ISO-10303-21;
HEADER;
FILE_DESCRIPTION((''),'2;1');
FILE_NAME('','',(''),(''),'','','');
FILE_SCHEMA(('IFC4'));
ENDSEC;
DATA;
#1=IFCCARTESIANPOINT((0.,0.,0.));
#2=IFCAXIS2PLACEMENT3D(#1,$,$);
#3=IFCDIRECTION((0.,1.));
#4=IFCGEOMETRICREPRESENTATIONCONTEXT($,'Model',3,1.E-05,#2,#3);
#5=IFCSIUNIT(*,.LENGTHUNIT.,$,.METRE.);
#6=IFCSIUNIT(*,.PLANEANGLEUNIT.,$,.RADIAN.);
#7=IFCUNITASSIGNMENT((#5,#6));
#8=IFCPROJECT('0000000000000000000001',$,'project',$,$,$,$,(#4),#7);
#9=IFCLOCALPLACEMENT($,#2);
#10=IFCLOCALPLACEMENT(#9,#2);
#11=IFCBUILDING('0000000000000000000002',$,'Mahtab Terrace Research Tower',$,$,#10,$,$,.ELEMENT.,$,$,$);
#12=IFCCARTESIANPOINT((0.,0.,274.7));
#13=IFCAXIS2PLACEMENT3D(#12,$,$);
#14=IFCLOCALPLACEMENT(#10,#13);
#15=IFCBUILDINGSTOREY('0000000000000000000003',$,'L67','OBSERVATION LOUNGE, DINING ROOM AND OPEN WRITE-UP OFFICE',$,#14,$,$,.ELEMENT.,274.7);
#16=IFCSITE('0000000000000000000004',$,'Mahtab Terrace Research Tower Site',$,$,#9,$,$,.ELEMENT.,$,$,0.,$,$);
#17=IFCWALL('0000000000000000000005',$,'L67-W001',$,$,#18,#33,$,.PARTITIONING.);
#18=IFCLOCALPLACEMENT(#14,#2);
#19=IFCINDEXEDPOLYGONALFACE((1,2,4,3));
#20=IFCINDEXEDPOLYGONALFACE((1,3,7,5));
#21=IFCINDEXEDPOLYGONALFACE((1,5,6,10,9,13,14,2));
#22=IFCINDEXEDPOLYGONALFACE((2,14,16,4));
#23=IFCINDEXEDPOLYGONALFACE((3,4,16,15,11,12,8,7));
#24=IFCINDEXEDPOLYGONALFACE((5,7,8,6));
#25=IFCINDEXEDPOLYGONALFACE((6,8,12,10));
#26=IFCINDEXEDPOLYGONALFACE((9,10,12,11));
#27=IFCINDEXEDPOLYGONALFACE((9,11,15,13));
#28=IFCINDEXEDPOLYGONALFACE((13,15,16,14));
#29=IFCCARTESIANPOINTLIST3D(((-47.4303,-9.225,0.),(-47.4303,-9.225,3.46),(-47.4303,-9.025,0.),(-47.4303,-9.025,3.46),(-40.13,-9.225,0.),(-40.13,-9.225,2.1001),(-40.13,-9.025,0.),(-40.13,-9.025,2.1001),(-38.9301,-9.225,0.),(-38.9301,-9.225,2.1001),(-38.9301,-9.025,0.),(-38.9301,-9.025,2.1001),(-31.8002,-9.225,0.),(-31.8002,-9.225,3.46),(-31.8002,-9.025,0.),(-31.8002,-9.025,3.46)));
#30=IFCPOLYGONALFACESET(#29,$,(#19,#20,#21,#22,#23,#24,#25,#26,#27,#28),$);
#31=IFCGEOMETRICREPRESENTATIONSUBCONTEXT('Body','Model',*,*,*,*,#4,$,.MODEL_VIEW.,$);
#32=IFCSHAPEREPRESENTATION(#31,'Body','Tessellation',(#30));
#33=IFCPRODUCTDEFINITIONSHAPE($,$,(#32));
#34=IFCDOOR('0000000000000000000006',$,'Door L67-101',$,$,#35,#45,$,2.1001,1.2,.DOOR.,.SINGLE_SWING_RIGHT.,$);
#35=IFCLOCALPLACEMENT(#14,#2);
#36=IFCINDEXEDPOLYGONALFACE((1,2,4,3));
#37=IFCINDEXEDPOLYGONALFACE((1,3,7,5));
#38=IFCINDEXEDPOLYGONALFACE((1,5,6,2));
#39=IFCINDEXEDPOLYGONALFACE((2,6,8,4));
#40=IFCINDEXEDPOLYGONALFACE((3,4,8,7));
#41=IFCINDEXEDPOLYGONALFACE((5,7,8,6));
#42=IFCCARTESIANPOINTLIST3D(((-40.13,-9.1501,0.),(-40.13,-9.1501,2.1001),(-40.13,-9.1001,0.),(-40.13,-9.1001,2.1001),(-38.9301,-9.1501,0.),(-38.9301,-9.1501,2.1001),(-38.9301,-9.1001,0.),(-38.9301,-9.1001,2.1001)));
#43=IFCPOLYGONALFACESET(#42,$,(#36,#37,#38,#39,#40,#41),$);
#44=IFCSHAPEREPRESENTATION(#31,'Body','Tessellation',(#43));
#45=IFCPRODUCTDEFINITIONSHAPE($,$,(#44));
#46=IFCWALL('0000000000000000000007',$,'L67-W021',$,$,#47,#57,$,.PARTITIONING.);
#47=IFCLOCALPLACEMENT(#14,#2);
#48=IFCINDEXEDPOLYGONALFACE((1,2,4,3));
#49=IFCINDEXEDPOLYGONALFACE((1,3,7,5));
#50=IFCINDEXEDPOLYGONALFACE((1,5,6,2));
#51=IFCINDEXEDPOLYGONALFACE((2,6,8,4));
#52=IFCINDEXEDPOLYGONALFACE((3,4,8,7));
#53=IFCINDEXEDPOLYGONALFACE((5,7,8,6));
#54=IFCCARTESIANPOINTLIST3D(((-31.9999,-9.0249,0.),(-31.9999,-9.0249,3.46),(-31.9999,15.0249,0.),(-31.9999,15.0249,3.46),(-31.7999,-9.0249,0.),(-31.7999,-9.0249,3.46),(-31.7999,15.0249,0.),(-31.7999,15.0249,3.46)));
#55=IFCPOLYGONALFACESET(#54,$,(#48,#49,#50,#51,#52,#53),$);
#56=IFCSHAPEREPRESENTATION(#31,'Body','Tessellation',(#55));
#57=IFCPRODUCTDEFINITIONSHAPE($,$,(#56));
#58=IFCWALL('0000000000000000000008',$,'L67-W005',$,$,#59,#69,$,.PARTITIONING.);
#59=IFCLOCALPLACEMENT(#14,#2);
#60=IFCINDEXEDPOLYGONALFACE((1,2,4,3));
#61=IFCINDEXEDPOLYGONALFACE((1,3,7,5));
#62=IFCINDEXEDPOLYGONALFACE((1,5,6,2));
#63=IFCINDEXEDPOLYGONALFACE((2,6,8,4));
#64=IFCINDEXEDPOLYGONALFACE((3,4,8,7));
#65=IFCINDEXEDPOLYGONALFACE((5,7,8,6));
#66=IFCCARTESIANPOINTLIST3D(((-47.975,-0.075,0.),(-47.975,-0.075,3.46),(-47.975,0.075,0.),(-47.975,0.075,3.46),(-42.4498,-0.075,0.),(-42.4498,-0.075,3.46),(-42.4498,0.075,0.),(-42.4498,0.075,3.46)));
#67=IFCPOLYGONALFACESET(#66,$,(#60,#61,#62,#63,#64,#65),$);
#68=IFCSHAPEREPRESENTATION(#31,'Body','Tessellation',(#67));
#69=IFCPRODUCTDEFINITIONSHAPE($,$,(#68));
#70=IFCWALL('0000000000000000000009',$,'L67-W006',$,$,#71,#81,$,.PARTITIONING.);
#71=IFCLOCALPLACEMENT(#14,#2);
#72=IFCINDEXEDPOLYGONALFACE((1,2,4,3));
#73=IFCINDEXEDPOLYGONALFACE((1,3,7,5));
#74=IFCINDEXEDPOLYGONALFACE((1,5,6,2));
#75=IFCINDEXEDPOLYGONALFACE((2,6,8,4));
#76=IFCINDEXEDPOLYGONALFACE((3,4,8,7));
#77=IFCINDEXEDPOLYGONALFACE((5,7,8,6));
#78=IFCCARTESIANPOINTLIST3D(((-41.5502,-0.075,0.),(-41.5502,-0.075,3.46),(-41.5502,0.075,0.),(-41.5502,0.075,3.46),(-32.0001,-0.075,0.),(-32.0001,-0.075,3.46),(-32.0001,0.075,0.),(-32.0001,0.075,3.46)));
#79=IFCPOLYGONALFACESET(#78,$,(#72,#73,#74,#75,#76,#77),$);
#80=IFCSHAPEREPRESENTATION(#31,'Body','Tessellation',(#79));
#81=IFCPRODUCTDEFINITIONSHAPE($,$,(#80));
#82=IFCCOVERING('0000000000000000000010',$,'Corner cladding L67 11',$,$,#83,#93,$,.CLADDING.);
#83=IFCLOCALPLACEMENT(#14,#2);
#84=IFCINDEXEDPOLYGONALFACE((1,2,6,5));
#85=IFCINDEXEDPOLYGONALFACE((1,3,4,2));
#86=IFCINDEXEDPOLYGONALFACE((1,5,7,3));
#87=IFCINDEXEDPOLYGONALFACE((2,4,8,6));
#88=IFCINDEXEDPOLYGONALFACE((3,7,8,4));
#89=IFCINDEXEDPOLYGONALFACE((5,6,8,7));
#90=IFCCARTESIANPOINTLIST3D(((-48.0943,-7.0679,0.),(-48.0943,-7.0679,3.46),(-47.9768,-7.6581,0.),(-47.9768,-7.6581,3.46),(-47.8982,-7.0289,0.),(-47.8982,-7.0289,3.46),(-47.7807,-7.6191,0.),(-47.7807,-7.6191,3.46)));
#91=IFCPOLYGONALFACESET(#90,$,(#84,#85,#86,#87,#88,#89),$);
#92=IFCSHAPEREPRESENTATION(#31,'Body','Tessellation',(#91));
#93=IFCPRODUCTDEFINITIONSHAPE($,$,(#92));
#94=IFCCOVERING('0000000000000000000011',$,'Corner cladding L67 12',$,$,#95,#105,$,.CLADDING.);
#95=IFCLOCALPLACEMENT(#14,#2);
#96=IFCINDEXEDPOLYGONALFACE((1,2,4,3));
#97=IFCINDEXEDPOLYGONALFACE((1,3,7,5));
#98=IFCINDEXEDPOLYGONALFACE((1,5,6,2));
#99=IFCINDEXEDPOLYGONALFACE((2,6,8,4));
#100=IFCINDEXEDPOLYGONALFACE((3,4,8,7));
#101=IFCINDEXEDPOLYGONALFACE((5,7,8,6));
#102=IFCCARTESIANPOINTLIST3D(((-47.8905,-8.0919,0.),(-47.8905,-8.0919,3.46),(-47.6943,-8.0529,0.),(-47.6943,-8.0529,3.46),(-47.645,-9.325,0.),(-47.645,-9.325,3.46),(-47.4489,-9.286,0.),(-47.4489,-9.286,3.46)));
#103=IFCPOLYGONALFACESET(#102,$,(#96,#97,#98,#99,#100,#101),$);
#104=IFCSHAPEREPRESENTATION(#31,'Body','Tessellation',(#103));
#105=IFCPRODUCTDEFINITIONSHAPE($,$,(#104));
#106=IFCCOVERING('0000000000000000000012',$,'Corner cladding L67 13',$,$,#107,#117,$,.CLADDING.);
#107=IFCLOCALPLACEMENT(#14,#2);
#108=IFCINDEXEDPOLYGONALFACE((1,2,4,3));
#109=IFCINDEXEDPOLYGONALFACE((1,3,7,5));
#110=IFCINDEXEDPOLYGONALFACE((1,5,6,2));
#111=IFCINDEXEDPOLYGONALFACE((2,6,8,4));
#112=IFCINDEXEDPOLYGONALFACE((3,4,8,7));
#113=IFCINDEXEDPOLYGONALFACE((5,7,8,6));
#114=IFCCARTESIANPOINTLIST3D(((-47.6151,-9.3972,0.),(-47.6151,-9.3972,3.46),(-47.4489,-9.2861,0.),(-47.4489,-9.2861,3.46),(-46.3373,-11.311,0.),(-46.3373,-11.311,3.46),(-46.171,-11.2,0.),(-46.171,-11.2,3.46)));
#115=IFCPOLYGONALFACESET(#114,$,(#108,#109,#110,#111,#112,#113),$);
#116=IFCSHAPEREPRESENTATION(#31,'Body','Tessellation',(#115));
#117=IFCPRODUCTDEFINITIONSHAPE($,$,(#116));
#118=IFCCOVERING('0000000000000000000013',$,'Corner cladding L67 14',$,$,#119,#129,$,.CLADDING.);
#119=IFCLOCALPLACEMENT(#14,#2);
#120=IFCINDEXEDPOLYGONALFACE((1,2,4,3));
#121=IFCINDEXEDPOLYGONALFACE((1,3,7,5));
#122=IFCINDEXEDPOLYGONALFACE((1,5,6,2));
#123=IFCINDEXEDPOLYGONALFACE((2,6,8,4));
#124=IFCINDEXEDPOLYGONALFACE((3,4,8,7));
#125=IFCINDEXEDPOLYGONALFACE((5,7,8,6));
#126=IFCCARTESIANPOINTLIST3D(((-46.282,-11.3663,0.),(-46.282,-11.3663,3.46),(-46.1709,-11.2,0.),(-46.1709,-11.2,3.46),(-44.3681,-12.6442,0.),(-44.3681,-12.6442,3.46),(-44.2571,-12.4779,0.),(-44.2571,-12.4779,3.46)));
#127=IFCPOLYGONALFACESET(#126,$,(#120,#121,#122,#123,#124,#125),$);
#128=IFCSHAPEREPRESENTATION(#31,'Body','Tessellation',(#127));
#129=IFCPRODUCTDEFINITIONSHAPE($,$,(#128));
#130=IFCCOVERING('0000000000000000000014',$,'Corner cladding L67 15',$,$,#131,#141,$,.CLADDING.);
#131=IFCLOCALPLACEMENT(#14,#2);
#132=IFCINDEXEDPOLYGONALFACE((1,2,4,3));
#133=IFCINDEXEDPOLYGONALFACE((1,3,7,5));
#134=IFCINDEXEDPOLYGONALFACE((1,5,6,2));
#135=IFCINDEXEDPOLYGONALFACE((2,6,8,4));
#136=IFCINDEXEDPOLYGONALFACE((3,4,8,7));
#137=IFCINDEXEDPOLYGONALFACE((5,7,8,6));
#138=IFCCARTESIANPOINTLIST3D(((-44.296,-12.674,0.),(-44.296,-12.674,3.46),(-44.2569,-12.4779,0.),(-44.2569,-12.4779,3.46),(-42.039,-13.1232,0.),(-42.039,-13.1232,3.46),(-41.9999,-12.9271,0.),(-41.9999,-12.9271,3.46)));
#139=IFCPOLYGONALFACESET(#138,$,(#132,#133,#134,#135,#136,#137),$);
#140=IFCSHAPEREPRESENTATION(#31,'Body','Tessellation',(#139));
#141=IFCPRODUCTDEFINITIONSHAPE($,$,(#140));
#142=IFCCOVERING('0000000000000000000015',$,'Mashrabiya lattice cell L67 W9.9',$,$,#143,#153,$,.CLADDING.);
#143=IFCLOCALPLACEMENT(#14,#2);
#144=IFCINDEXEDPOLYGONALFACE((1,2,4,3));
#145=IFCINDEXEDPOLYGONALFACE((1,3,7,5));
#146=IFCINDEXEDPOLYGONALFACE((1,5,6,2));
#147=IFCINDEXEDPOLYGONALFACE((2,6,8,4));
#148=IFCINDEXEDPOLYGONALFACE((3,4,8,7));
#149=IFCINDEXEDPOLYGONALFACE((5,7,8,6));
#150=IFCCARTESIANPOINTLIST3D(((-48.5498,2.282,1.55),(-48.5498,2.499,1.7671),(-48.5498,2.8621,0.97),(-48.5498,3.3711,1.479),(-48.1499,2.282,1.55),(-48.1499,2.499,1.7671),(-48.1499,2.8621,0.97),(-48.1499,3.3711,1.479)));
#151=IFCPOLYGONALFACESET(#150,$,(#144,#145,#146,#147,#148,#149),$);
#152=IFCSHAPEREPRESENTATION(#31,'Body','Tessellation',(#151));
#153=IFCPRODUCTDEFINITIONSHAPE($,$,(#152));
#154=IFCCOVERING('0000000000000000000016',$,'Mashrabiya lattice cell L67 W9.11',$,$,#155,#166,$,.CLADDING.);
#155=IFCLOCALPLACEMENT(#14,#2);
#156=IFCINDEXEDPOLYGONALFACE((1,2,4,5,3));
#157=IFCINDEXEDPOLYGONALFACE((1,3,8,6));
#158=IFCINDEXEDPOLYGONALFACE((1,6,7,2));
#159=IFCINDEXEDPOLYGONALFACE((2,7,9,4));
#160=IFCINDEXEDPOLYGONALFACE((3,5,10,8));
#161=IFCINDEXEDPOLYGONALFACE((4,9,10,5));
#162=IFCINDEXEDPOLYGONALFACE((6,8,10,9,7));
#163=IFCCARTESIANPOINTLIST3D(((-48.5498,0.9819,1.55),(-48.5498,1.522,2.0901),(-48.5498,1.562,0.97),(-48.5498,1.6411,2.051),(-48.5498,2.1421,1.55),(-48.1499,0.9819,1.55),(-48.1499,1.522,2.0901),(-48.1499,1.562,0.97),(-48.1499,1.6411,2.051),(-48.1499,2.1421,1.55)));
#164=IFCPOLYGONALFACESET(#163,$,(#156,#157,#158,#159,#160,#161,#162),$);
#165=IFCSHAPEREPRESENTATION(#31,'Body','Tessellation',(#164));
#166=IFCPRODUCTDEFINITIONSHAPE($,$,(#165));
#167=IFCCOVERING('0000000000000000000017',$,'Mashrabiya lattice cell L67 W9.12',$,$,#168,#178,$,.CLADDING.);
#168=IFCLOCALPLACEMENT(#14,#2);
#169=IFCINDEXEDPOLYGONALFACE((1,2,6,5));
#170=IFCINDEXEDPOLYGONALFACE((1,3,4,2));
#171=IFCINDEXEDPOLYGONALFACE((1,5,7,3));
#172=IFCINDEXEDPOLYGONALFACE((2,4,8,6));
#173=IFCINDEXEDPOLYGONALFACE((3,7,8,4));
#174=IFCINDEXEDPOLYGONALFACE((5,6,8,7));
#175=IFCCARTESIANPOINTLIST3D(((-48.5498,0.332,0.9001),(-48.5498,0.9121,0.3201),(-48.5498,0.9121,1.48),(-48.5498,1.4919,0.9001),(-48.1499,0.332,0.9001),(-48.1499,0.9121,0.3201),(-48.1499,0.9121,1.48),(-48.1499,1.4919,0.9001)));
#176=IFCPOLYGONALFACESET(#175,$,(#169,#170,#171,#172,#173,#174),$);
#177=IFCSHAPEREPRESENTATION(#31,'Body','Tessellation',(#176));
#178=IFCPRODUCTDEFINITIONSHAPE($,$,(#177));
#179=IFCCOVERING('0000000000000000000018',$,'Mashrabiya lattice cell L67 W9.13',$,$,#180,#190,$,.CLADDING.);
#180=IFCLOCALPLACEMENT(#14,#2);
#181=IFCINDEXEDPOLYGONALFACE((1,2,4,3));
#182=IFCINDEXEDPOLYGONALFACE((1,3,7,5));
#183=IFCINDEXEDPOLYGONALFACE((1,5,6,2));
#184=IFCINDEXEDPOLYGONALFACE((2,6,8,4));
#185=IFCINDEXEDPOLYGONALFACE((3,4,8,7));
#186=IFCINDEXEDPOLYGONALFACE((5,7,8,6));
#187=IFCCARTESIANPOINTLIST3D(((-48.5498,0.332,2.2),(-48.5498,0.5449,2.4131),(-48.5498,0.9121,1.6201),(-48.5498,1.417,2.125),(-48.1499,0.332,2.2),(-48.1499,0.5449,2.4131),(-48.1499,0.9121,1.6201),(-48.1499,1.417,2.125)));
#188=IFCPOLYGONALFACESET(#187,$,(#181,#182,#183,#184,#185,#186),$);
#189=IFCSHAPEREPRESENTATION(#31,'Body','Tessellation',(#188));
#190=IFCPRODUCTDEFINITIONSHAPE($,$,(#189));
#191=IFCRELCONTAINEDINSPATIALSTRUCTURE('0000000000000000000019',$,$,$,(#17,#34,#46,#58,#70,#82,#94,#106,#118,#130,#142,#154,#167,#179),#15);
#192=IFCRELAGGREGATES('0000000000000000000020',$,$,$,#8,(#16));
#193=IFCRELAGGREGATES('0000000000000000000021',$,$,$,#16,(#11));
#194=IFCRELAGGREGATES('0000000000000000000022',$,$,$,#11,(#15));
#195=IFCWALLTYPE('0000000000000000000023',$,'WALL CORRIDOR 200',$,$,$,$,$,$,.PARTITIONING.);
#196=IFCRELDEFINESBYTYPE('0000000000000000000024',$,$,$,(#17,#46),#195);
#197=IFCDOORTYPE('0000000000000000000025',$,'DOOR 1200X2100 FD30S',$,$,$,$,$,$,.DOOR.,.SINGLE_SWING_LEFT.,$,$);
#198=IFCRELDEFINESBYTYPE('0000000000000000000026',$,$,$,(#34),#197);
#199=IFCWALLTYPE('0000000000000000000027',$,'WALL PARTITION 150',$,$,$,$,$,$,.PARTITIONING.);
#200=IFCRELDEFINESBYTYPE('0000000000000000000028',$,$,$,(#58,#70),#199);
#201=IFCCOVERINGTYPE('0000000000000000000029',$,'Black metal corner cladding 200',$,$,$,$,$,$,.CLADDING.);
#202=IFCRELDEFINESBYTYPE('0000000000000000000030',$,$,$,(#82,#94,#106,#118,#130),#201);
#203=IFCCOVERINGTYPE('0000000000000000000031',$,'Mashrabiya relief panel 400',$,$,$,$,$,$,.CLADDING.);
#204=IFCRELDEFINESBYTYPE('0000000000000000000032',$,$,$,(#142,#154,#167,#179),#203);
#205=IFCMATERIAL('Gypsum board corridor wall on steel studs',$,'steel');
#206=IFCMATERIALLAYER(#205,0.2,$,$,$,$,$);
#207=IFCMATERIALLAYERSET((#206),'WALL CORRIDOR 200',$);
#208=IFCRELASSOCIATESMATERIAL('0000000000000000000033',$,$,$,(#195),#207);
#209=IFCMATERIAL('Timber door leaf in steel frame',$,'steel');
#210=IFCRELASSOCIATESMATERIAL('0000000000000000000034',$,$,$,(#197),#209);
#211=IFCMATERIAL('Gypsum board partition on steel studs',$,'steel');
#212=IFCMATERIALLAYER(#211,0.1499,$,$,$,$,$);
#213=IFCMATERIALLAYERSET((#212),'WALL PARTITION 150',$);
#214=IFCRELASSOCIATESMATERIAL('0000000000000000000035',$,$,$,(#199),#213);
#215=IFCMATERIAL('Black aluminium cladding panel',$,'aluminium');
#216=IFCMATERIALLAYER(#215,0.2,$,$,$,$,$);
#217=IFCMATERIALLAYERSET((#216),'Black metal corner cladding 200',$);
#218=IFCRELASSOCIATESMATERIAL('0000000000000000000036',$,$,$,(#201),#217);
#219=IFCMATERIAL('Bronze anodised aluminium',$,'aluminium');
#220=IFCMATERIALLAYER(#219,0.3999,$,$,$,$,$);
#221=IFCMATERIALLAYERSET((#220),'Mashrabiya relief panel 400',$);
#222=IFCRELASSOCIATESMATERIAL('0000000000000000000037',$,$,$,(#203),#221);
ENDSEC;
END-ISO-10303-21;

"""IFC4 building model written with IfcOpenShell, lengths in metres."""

from ifc_helpers import new_model, si_unit, direction, frame, frame_2d, origin, origin_2d, place, context, subcontext, project, spatial, polyline, rectangle, outline, extrude, material, layer, layer_set, type_object, element, fill, save


model = new_model("IFC4")

# Units and contexts
model_context = context("Model", 3, precision=1e-05, world=origin(), true_north=direction((0.0, 1.0)))
body_context = subcontext(model_context, "Body", "Model", "MODEL_VIEW")
ifc_project = project(units=[si_unit("LENGTHUNIT", "METRE"), si_unit("PLANEANGLEUNIT", "RADIAN")], contexts=[model_context])

# Site, building, storey
site_placement = place(None, origin())
site = spatial("IfcSite", under=ifc_project, at=site_placement, Name="Mahtab Terrace Research Tower Site", CompositionType="ELEMENT", RefElevation=0.0)
building_placement = place(site_placement, origin())
building = spatial("IfcBuilding", under=site, at=building_placement, Name="Mahtab Terrace Research Tower", CompositionType="ELEMENT")
storey_placement = place(building_placement, frame((0.0, 0.0, 274.7)))
storey = spatial("IfcBuildingStorey", under=building, at=storey_placement, Name="L67", Description="OBSERVATION LOUNGE, DINING ROOM AND OPEN WRITE-UP OFFICE", CompositionType="ELEMENT", Elevation=274.7)

# Shared definitions
ifc_material_1 = material(Name="Black aluminium cladding panel", Category="aluminium")

# Wall, opening, door
ifc_material_2 = material(Name="Gypsum board corridor wall on steel studs", Category="steel")
ifc_layer_1 = layer(ifc_material_2, 0.2)
ifc_layer_set_1 = layer_set([ifc_layer_1], Name="WALL CORRIDOR 200")
wall_type_1 = type_object("IfcWallType", Name="WALL CORRIDOR 200", PredefinedType="PARTITIONING", material=ifc_layer_set_1)
wall_1_placement = place(storey_placement, frame((-47.4302, -9.125, 0.0), z_axis=(0.0, 0.0, 1.0), x_axis=(1.0, 0.0, 0.0)))
wall_1 = element("IfcWall", 1, at=wall_1_placement, inside=storey, type_object=wall_type_1, Name="L67-W001", PredefinedType="PARTITIONING", context=body_context, shape_type="SweptSolid", body=[
    extrude(rectangle(XDim=15.6301, YDim=0.2, at=frame_2d((7.8149, 0.0))), origin(), (0.0, 0.0, 1.0), 3.46),
])
opening_placement = place(wall_1_placement, frame((7.3, 0.0, 0.0)))
opening = element("IfcOpeningElement", 2, at=opening_placement, cuts=wall_1, PredefinedType="OPENING", context=body_context, shape_type="SweptSolid", body=[
    extrude(rectangle(XDim=1.2, YDim=2.1001, at=frame_2d((0.6001, 1.05))), frame((0.0, 0.1099, 0.0), z_axis=(0.0, -1.0, 0.0), x_axis=(1.0, 0.0, 0.0)), (0.0, 0.0, 1.0), 0.22),
])
ifc_material_3 = material(Name="Timber door leaf in steel frame", Category="steel")
door_type = type_object("IfcDoorType", Name="DOOR 1200X2100 FD30S", OperationType="SINGLE_SWING_LEFT", PredefinedType="DOOR", material=ifc_material_3)
door_placement = place(opening_placement, origin())
door = element("IfcDoor", 3, at=door_placement, inside=storey, type_object=door_type, Name="Door L67-101", OperationType="SINGLE_SWING_RIGHT", OverallHeight=2.1001, OverallWidth=1.2, PredefinedType="DOOR", context=body_context, shape_type="SweptSolid", body=[
    extrude(rectangle(XDim=1.2, YDim=2.1001, at=frame_2d((0.6001, 1.05))), frame((0.0, 0.0249, 0.0), z_axis=(0.0, -1.0, 0.0), x_axis=(1.0, 0.0, 0.0)), (0.0, 0.0, 1.0), 0.05),
])
fill(opening, door)

# Walls
wall_2_placement = place(storey_placement, frame((-31.8999, -9.0249, 0.0), z_axis=(0.0, 0.0, 1.0), x_axis=(0.0, 1.0, 0.0)))
element("IfcWall", 4, at=wall_2_placement, inside=storey, type_object=wall_type_1, Name="L67-W021", PredefinedType="PARTITIONING", context=body_context, shape_type="SweptSolid", body=[
    extrude(rectangle(XDim=24.0498, YDim=0.2, at=frame_2d((12.0249, 0.0))), origin(), (0.0, 0.0, 1.0), 3.46),
])
ifc_material_4 = material(Name="Gypsum board partition on steel studs", Category="steel")
ifc_layer_2 = layer(ifc_material_4, 0.1499)
ifc_layer_set_2 = layer_set([ifc_layer_2], Name="WALL PARTITION 150")
wall_type_2 = type_object("IfcWallType", Name="WALL PARTITION 150", PredefinedType="PARTITIONING", material=ifc_layer_set_2)
wall_3_placement = place(storey_placement, frame((-47.9751, 0.0, 0.0), z_axis=(0.0, 0.0, 1.0), x_axis=(1.0, 0.0, 0.0)))
element("IfcWall", 5, at=wall_3_placement, inside=storey, type_object=wall_type_2, Name="L67-W005", PredefinedType="PARTITIONING", context=body_context, shape_type="SweptSolid", body=[
    extrude(rectangle(XDim=5.5251, YDim=0.1499, at=frame_2d((2.7627, 0.0))), origin(), (0.0, 0.0, 1.0), 3.46),
])
wall_4_placement = place(storey_placement, frame((-41.55, 0.0, 0.0), z_axis=(0.0, 0.0, 1.0), x_axis=(1.0, 0.0, 0.0)))
element("IfcWall", 6, at=wall_4_placement, inside=storey, type_object=wall_type_2, Name="L67-W006", PredefinedType="PARTITIONING", context=body_context, shape_type="SweptSolid", body=[
    extrude(rectangle(XDim=9.55, YDim=0.1499, at=frame_2d((4.7749, 0.0))), origin(), (0.0, 0.0, 1.0), 3.46),
])

# Coverings
ifc_layer_3 = layer(ifc_material_1, 0.2)
ifc_layer_set_3 = layer_set([ifc_layer_3], Name="Black metal corner cladding 200")
covering_type_1 = type_object("IfcCoveringType", Name="Black metal corner cladding 200", PredefinedType="CLADDING", material=ifc_layer_set_3)
covering_1_placement = place(storey_placement, frame((-47.9375, -7.3435, 0.0), z_axis=(0.0, 0.0, 1.0), x_axis=(0.195212, -0.980761, 0.0)))
element("IfcCovering", 7, at=covering_1_placement, inside=storey, type_object=covering_type_1, Name="Corner cladding L67 11", PredefinedType="CLADDING", context=body_context, shape_type="SweptSolid", body=[
    extrude(rectangle(XDim=0.6018, YDim=0.2, at=origin_2d()), origin(), (0.0, 0.0, 1.0), 3.46),
])
covering_2_placement = place(storey_placement, frame((-47.6697, -8.689, 0.0), z_axis=(0.0, 0.0, 1.0), x_axis=(0.195212, -0.980761, 0.0)))
element("IfcCovering", 8, at=covering_2_placement, inside=storey, type_object=covering_type_1, Name="Corner cladding L67 12", PredefinedType="CLADDING", context=body_context, shape_type="SweptSolid", body=[
    extrude(rectangle(XDim=1.2573, YDim=0.2, at=origin_2d()), origin(), (0.0, 0.0, 1.0), 3.46),
])
for number, where, z_axis, x_axis, name in (
    (9, (-46.8931, -10.2986, 0.0), (0.0, 0.0, 1.0), (0.555291, -0.831656, 0.0), "Corner cladding L67 13"),
    (10, (-45.2695, -11.9221, 0.0), (0.0, 0.0, 1.0), (0.831656, -0.555291, 0.0), "Corner cladding L67 14"),
    (11, (-43.1479, -12.8005, 0.0), (0.0, 0.0, 1.0), (0.980761, -0.195212, 0.0), "Corner cladding L67 15"),
):
    element("IfcCovering", number, at=place(storey_placement, frame(where, z_axis=z_axis, x_axis=x_axis)), inside=storey, type_object=covering_type_1, Name=name, PredefinedType="CLADDING", context=body_context, shape_type="SweptSolid", body=[
        extrude(rectangle(XDim=2.3013, YDim=0.2, at=origin_2d()), origin(), (0.0, 0.0, 1.0), 3.46),
    ])
ifc_material_5 = material(Name="Bronze anodised aluminium", Category="aluminium")
ifc_layer_4 = layer(ifc_material_5, 0.3999)
ifc_layer_set_4 = layer_set([ifc_layer_4], Name="Mashrabiya relief panel 400")
covering_type_2 = type_object("IfcCoveringType", Name="Mashrabiya relief panel 400", PredefinedType="CLADDING", material=ifc_layer_set_4)
covering_3_placement = place(storey_placement, frame((-48.1499, 2.282, 1.55), z_axis=(1.0, 0.0, 0.0), x_axis=(0.0, 0.707107, -0.707107)))
element("IfcCovering", 12, at=covering_3_placement, inside=storey, type_object=covering_type_2, Name="Mashrabiya lattice cell L67 W9.9", PredefinedType="CLADDING", context=body_context, shape_type="SweptSolid", body=[
    extrude(outline(polyline([(0.0, 0.0), (0.8204, 0.0), (0.8204, 0.7199), (0.0, 0.3069), (0.0, 0.0)])), origin(), (0.0, 0.0, -1.0), 0.3999),
])
covering_4_placement = place(storey_placement, frame((-48.1499, 0.9819, 1.55), z_axis=(1.0, 0.0, 0.0), x_axis=(0.0, 0.707107, -0.707107)))
element("IfcCovering", 13, at=covering_4_placement, inside=storey, type_object=covering_type_2, Name="Mashrabiya lattice cell L67 W9.11", PredefinedType="CLADDING", context=body_context, shape_type="SweptSolid", body=[
    extrude(outline(polyline([(0.0, 0.0), (0.8204, 0.0), (0.8204, 0.8204), (0.1119, 0.8204), (0.0, 0.7637), (0.0, 0.0)])), origin(), (0.0, 0.0, -1.0), 0.3999),
])
covering_5_placement = place(storey_placement, frame((-48.1499, 0.9121, 1.48), z_axis=(1.0, 0.0, 0.0), x_axis=(0.0, -0.707256, -0.706958)))
element("IfcCovering", 14, at=covering_5_placement, inside=storey, type_object=covering_type_2, Name="Mashrabiya lattice cell L67 W9.12", PredefinedType="CLADDING", context=body_context, shape_type="SweptSolid", body=[
    extrude(outline(polyline([(0.0, 0.0), (0.8202, 0.0), (0.82, 0.8204), (-0.0002, 0.82), (0.0, 0.0)])), origin(), (0.0, 0.0, -1.0), 0.3999),
])
covering_6_placement = place(storey_placement, frame((-48.1499, 0.332, 2.2), z_axis=(1.0, 0.0, 0.0), x_axis=(0.0, 0.707256, -0.706958)))
element("IfcCovering", 15, at=covering_6_placement, inside=storey, type_object=covering_type_2, Name="Mashrabiya lattice cell L67 W9.13", PredefinedType="CLADDING", context=body_context, shape_type="SweptSolid", body=[
    extrude(outline(polyline([(0.0, 0.0), (0.8202, 0.0), (0.8203, 0.714), (-0.0001, 0.3012), (0.0, 0.0)])), origin(), (0.0, 0.0, -1.0), 0.3999),
])

save(model, "model.ifc")
